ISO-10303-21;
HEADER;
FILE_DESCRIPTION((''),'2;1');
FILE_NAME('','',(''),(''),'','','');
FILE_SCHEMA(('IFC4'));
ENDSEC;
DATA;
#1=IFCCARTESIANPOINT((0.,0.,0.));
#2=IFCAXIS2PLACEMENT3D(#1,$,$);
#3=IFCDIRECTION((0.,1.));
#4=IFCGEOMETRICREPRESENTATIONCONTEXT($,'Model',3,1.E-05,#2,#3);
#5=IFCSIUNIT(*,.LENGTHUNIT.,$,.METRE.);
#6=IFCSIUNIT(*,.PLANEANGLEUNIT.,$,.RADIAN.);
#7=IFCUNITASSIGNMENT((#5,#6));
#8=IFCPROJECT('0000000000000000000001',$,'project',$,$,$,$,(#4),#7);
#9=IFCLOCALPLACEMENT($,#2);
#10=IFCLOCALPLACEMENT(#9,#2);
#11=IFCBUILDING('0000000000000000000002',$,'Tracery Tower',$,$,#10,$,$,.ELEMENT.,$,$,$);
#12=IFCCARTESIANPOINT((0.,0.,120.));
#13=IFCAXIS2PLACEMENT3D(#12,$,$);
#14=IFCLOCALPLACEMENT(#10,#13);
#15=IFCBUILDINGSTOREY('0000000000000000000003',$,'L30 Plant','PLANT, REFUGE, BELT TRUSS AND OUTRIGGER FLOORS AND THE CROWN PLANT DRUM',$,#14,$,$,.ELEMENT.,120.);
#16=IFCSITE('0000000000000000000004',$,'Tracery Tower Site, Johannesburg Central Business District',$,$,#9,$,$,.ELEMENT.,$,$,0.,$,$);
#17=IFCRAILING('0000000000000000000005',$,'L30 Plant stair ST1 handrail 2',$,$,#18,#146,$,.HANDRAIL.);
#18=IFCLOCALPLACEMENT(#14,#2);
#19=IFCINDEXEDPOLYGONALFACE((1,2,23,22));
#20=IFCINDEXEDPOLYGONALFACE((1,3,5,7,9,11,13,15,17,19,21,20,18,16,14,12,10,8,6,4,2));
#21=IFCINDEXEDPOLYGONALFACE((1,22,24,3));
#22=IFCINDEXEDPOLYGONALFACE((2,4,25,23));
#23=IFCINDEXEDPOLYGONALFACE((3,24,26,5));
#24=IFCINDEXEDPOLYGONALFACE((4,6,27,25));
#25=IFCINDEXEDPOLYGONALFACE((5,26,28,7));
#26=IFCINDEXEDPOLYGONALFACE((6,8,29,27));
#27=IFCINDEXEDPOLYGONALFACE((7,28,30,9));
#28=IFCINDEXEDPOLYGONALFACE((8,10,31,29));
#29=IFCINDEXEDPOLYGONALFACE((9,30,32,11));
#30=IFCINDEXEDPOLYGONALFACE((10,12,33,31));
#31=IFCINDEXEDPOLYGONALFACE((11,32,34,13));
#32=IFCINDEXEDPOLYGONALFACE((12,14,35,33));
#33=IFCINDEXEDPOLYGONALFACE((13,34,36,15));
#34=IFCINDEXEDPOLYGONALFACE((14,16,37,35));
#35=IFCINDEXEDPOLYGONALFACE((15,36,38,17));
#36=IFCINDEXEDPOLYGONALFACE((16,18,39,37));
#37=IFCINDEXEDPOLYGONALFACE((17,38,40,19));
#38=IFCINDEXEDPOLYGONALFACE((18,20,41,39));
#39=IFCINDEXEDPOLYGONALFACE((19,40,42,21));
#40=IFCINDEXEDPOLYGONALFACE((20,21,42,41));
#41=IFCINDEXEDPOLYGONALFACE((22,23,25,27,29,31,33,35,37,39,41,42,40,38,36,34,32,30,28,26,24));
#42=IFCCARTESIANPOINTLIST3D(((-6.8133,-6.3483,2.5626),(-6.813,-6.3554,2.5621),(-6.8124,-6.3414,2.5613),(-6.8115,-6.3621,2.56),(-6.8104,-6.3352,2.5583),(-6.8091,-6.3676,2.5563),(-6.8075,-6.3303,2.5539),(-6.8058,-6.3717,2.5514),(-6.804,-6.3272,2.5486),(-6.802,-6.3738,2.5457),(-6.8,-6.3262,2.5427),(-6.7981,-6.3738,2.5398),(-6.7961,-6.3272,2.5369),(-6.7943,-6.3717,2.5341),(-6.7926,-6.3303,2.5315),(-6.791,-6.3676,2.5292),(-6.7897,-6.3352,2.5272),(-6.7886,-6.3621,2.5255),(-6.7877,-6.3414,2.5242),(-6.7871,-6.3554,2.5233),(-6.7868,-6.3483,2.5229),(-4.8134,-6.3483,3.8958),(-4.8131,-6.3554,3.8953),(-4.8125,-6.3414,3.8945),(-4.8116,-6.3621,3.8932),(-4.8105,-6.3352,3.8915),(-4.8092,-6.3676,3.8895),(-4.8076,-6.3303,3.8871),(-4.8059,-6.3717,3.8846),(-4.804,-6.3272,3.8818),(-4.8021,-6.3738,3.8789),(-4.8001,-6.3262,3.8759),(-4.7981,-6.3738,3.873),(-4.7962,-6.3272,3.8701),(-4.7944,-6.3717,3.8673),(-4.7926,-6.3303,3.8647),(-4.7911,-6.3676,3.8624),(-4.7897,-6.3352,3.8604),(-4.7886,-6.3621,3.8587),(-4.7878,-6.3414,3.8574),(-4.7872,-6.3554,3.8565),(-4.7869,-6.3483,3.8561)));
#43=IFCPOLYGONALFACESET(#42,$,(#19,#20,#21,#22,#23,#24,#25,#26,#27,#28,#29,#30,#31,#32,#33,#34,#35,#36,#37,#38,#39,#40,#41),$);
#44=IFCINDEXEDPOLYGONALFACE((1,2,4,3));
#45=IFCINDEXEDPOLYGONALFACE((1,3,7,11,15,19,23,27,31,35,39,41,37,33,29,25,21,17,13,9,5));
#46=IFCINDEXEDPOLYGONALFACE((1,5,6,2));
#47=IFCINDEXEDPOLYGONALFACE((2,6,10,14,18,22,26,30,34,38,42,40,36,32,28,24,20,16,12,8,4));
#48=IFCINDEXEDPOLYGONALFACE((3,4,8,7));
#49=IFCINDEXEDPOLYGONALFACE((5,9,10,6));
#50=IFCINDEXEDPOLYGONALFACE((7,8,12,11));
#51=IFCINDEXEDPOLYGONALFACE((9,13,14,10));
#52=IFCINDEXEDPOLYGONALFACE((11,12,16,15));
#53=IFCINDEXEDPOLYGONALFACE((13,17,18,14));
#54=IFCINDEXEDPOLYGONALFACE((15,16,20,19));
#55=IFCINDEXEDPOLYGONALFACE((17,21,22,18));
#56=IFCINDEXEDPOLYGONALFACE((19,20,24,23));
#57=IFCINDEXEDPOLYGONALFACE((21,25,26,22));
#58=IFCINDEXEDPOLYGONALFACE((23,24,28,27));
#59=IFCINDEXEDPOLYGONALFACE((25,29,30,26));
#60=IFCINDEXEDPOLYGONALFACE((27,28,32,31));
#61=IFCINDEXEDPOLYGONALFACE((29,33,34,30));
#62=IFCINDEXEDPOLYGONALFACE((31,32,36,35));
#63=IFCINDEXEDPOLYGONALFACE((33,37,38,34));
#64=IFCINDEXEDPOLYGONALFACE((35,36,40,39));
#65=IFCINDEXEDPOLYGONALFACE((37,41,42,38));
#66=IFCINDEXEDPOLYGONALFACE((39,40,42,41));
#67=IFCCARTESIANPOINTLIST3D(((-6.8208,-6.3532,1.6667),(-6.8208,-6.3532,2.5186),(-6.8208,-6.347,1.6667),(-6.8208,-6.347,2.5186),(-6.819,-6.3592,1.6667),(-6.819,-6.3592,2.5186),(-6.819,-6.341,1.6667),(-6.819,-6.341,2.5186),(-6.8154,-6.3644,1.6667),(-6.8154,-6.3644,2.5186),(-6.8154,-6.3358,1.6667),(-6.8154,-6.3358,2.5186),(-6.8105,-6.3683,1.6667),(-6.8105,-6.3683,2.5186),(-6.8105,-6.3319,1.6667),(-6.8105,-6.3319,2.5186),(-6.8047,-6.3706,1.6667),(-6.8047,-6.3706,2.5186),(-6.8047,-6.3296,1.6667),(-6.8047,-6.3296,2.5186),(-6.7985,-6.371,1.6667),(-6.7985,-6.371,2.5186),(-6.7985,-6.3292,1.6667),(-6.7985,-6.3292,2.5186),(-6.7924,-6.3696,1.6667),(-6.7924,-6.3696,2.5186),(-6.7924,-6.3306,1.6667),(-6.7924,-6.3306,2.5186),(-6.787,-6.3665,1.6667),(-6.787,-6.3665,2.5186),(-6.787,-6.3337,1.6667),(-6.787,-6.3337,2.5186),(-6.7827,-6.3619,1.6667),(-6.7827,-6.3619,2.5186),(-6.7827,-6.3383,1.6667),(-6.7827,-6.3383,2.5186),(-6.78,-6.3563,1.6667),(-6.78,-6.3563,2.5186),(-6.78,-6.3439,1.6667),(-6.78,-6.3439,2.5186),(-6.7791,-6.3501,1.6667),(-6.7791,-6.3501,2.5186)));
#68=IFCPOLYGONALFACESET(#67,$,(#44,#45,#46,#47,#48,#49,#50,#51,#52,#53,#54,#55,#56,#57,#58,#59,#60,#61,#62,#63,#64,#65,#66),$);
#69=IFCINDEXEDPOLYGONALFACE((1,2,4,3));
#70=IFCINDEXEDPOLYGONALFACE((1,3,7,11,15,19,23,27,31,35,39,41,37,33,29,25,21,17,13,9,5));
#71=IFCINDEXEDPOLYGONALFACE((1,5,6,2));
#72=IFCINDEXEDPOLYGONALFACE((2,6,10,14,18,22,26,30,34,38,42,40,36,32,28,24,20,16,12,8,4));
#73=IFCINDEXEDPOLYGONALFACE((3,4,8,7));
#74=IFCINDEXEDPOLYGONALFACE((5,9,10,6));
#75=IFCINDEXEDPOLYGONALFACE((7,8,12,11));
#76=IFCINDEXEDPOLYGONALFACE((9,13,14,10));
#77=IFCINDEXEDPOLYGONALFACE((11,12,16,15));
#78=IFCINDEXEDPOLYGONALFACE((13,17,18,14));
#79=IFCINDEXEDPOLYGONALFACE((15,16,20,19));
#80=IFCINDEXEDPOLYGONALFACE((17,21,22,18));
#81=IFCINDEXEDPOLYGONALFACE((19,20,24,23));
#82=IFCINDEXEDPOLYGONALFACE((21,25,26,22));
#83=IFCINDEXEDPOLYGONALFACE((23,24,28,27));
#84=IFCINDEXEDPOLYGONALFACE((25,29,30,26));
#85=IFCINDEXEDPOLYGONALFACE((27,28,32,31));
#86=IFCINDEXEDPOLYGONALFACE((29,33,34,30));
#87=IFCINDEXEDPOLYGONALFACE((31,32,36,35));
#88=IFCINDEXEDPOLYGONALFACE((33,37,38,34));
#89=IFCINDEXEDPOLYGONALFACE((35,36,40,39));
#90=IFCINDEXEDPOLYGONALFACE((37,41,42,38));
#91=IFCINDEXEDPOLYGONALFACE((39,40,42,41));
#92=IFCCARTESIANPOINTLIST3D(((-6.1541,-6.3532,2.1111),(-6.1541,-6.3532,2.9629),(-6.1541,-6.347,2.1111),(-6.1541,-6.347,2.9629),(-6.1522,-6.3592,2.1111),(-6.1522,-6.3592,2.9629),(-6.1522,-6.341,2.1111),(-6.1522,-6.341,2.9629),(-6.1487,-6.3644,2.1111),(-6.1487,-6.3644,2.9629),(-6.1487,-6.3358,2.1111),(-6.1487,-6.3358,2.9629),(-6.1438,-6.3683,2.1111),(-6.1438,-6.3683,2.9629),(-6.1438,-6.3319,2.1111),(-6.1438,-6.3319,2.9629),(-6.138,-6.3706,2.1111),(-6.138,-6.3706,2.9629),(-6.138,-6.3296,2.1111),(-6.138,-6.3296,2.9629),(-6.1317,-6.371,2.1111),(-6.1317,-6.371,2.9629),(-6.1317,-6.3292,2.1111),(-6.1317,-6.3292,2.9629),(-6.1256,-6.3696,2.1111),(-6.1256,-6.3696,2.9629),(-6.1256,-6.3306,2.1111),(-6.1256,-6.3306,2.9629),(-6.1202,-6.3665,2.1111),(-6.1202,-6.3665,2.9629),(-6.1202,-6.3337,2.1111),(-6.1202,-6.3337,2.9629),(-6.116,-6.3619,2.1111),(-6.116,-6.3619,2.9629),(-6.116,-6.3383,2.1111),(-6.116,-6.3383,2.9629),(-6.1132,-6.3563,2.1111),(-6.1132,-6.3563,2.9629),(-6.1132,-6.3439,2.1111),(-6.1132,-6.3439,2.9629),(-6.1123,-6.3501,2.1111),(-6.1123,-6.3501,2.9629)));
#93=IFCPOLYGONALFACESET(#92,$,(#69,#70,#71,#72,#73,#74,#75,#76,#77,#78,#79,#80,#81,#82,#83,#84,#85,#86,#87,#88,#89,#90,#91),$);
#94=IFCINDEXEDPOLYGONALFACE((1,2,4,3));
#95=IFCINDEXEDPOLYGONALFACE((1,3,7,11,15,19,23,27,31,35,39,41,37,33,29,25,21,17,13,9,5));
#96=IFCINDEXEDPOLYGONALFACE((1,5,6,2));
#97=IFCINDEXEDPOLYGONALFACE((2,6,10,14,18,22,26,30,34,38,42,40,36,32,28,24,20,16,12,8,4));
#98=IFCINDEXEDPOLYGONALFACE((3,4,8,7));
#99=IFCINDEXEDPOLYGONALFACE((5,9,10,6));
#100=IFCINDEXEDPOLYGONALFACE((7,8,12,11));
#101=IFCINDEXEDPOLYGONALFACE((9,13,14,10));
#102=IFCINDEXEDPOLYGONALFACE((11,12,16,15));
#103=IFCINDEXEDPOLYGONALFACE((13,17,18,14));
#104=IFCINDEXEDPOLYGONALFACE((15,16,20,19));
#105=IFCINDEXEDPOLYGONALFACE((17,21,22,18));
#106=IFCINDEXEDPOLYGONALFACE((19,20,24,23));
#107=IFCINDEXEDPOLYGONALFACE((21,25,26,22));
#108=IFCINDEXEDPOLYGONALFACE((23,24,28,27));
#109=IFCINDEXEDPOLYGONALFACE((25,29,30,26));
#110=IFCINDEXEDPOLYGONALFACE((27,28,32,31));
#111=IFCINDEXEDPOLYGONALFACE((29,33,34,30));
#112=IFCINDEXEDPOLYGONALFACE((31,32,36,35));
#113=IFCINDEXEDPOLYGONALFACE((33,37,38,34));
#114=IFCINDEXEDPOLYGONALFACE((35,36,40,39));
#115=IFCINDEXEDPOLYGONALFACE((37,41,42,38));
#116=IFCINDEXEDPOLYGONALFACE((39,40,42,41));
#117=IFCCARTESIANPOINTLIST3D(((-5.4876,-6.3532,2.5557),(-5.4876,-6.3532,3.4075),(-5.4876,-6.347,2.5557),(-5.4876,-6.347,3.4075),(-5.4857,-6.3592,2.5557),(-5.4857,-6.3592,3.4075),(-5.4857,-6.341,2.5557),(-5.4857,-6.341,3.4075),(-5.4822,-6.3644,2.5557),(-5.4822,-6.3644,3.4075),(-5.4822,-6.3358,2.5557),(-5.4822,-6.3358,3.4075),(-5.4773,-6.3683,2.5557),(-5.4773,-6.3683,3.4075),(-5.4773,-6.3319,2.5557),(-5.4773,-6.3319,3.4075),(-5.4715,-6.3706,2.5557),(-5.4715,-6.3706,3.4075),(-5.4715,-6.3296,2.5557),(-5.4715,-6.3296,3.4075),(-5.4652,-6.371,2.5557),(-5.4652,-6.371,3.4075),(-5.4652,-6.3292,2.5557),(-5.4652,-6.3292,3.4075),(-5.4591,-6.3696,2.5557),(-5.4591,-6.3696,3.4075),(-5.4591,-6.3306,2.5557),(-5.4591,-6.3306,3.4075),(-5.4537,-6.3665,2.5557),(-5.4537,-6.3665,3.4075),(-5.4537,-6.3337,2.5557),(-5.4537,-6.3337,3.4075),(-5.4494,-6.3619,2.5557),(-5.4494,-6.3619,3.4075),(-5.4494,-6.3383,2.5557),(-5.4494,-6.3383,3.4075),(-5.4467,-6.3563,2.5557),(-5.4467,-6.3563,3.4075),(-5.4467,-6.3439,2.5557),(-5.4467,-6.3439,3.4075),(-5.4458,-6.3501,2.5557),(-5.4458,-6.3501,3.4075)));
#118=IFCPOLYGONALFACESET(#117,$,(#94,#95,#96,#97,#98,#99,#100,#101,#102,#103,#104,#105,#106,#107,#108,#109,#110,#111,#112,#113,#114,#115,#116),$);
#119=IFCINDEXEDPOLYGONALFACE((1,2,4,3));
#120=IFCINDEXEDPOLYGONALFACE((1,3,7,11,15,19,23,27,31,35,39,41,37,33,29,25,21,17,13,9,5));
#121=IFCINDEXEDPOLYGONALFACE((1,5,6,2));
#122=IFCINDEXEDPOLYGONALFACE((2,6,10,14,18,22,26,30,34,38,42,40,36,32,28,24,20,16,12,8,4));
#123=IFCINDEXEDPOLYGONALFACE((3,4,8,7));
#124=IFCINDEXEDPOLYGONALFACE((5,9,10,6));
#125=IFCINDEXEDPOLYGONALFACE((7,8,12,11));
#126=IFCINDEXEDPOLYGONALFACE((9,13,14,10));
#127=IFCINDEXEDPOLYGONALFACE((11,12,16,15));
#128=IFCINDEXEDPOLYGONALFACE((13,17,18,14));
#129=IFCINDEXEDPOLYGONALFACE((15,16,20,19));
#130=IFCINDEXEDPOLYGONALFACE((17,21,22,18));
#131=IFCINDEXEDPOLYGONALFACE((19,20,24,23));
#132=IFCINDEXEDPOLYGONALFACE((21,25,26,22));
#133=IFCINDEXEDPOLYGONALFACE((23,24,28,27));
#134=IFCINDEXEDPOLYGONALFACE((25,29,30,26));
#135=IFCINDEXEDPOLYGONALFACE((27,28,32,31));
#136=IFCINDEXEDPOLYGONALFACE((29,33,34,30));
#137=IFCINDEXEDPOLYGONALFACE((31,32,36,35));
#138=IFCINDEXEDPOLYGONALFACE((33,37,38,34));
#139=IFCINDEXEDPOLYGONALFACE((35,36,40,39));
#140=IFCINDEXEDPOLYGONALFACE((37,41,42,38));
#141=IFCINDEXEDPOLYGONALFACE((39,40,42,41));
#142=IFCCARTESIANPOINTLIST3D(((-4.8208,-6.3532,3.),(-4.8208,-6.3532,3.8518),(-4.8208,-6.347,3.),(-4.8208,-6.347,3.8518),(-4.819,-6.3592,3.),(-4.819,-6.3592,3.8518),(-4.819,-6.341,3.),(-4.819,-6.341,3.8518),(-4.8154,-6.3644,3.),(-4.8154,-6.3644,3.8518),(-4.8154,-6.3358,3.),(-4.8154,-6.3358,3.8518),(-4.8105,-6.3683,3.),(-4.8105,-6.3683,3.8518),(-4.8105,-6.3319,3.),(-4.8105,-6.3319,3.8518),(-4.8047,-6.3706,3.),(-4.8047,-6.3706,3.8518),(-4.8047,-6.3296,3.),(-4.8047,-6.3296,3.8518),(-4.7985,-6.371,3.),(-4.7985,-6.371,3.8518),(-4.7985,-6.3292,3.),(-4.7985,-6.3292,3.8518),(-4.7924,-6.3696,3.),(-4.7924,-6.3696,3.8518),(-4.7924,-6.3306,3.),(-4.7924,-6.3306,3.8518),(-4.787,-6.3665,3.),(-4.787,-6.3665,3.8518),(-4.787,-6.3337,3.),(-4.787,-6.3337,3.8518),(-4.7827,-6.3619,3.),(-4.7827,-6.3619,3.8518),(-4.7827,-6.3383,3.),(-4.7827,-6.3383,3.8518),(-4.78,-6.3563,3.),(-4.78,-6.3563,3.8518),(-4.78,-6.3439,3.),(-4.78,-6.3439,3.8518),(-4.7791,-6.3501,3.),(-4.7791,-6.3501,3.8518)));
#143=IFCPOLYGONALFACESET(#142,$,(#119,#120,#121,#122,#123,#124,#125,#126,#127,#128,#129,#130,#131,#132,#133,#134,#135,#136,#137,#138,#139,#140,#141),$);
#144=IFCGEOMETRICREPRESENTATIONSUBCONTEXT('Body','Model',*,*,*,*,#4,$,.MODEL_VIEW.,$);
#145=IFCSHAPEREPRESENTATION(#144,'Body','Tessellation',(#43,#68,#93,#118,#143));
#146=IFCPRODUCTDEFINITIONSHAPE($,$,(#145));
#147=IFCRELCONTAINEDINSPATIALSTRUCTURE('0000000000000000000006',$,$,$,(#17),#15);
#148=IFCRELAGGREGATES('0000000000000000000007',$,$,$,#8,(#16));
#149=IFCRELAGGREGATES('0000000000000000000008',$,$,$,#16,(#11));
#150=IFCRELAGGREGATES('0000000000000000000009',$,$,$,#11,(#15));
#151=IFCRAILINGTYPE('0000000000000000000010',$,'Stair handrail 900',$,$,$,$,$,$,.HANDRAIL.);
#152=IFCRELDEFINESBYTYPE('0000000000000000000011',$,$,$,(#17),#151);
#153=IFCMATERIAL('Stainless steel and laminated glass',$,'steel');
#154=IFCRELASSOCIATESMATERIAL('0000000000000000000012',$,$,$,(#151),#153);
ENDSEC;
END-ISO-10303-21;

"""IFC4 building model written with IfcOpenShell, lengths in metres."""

from ifc_helpers import new_model, si_unit, direction, frame, origin, origin_2d, place, context, subcontext, project, spatial, circle, extrude, material, type_object, element, save


model = new_model("IFC4")

# Units and contexts
model_context = context("Model", 3, precision=1e-05, world=origin(), true_north=direction((0.0, 1.0)))
body_context = subcontext(model_context, "Body", "Model", "MODEL_VIEW")
ifc_project = project(units=[si_unit("LENGTHUNIT", "METRE"), si_unit("PLANEANGLEUNIT", "RADIAN")], contexts=[model_context])

# Site, building, storey
site_placement = place(None, origin())
site = spatial("IfcSite", under=ifc_project, at=site_placement, Name="Tracery Tower Site, Johannesburg Central Business District", CompositionType="ELEMENT", RefElevation=0.0)
building_placement = place(site_placement, origin())
building = spatial("IfcBuilding", under=site, at=building_placement, Name="Tracery Tower", CompositionType="ELEMENT")
storey_placement = place(building_placement, frame((0.0, 0.0, 120.0)))
storey = spatial("IfcBuildingStorey", under=building, at=storey_placement, Name="L30 Plant", Description="PLANT, REFUGE, BELT TRUSS AND OUTRIGGER FLOORS AND THE CROWN PLANT DRUM", CompositionType="ELEMENT", Elevation=120.0)

# Railing
ifc_material_1 = material(Name="Stainless steel and laminated glass", Category="steel")
railing_type = type_object("IfcRailingType", Name="Stair handrail 900", PredefinedType="HANDRAIL", material=ifc_material_1)
for number, where, name in (
    (1, (-6.8, -6.3501, 1.6667), "L30 Plant stair ST1 handrail 2"),
):
    element("IfcRailing", number, at=place(storey_placement, frame(where)), inside=storey, type_object=railing_type, Name=name, PredefinedType="HANDRAIL", context=body_context, shape_type="SweptSolid", body=[
        extrude(circle(Radius=0.0239, at=origin_2d()), frame((0.0, 0.0, 0.876), z_axis=(0.832066, 0.0, 0.554677), x_axis=(0.0, 1.0, 0.0)), (0.0, 0.0, 1.0), 2.4036),
        extrude(circle(Radius=0.021, at=origin_2d()), origin(), (0.0, 0.0, 1.0), 0.8518),
        extrude(circle(Radius=0.021, at=origin_2d()), frame((0.6667, 0.0, 0.4443)), (0.0, 0.0, 1.0), 0.8518),
        extrude(circle(Radius=0.021, at=origin_2d()), frame((1.3333, 0.0, 0.8889)), (0.0, 0.0, 1.0), 0.8518),
        extrude(circle(Radius=0.021, at=origin_2d()), frame((2.0, 0.0, 1.3333)), (0.0, 0.0, 1.0), 0.8518),
    ])

save(model, "model.ifc")
